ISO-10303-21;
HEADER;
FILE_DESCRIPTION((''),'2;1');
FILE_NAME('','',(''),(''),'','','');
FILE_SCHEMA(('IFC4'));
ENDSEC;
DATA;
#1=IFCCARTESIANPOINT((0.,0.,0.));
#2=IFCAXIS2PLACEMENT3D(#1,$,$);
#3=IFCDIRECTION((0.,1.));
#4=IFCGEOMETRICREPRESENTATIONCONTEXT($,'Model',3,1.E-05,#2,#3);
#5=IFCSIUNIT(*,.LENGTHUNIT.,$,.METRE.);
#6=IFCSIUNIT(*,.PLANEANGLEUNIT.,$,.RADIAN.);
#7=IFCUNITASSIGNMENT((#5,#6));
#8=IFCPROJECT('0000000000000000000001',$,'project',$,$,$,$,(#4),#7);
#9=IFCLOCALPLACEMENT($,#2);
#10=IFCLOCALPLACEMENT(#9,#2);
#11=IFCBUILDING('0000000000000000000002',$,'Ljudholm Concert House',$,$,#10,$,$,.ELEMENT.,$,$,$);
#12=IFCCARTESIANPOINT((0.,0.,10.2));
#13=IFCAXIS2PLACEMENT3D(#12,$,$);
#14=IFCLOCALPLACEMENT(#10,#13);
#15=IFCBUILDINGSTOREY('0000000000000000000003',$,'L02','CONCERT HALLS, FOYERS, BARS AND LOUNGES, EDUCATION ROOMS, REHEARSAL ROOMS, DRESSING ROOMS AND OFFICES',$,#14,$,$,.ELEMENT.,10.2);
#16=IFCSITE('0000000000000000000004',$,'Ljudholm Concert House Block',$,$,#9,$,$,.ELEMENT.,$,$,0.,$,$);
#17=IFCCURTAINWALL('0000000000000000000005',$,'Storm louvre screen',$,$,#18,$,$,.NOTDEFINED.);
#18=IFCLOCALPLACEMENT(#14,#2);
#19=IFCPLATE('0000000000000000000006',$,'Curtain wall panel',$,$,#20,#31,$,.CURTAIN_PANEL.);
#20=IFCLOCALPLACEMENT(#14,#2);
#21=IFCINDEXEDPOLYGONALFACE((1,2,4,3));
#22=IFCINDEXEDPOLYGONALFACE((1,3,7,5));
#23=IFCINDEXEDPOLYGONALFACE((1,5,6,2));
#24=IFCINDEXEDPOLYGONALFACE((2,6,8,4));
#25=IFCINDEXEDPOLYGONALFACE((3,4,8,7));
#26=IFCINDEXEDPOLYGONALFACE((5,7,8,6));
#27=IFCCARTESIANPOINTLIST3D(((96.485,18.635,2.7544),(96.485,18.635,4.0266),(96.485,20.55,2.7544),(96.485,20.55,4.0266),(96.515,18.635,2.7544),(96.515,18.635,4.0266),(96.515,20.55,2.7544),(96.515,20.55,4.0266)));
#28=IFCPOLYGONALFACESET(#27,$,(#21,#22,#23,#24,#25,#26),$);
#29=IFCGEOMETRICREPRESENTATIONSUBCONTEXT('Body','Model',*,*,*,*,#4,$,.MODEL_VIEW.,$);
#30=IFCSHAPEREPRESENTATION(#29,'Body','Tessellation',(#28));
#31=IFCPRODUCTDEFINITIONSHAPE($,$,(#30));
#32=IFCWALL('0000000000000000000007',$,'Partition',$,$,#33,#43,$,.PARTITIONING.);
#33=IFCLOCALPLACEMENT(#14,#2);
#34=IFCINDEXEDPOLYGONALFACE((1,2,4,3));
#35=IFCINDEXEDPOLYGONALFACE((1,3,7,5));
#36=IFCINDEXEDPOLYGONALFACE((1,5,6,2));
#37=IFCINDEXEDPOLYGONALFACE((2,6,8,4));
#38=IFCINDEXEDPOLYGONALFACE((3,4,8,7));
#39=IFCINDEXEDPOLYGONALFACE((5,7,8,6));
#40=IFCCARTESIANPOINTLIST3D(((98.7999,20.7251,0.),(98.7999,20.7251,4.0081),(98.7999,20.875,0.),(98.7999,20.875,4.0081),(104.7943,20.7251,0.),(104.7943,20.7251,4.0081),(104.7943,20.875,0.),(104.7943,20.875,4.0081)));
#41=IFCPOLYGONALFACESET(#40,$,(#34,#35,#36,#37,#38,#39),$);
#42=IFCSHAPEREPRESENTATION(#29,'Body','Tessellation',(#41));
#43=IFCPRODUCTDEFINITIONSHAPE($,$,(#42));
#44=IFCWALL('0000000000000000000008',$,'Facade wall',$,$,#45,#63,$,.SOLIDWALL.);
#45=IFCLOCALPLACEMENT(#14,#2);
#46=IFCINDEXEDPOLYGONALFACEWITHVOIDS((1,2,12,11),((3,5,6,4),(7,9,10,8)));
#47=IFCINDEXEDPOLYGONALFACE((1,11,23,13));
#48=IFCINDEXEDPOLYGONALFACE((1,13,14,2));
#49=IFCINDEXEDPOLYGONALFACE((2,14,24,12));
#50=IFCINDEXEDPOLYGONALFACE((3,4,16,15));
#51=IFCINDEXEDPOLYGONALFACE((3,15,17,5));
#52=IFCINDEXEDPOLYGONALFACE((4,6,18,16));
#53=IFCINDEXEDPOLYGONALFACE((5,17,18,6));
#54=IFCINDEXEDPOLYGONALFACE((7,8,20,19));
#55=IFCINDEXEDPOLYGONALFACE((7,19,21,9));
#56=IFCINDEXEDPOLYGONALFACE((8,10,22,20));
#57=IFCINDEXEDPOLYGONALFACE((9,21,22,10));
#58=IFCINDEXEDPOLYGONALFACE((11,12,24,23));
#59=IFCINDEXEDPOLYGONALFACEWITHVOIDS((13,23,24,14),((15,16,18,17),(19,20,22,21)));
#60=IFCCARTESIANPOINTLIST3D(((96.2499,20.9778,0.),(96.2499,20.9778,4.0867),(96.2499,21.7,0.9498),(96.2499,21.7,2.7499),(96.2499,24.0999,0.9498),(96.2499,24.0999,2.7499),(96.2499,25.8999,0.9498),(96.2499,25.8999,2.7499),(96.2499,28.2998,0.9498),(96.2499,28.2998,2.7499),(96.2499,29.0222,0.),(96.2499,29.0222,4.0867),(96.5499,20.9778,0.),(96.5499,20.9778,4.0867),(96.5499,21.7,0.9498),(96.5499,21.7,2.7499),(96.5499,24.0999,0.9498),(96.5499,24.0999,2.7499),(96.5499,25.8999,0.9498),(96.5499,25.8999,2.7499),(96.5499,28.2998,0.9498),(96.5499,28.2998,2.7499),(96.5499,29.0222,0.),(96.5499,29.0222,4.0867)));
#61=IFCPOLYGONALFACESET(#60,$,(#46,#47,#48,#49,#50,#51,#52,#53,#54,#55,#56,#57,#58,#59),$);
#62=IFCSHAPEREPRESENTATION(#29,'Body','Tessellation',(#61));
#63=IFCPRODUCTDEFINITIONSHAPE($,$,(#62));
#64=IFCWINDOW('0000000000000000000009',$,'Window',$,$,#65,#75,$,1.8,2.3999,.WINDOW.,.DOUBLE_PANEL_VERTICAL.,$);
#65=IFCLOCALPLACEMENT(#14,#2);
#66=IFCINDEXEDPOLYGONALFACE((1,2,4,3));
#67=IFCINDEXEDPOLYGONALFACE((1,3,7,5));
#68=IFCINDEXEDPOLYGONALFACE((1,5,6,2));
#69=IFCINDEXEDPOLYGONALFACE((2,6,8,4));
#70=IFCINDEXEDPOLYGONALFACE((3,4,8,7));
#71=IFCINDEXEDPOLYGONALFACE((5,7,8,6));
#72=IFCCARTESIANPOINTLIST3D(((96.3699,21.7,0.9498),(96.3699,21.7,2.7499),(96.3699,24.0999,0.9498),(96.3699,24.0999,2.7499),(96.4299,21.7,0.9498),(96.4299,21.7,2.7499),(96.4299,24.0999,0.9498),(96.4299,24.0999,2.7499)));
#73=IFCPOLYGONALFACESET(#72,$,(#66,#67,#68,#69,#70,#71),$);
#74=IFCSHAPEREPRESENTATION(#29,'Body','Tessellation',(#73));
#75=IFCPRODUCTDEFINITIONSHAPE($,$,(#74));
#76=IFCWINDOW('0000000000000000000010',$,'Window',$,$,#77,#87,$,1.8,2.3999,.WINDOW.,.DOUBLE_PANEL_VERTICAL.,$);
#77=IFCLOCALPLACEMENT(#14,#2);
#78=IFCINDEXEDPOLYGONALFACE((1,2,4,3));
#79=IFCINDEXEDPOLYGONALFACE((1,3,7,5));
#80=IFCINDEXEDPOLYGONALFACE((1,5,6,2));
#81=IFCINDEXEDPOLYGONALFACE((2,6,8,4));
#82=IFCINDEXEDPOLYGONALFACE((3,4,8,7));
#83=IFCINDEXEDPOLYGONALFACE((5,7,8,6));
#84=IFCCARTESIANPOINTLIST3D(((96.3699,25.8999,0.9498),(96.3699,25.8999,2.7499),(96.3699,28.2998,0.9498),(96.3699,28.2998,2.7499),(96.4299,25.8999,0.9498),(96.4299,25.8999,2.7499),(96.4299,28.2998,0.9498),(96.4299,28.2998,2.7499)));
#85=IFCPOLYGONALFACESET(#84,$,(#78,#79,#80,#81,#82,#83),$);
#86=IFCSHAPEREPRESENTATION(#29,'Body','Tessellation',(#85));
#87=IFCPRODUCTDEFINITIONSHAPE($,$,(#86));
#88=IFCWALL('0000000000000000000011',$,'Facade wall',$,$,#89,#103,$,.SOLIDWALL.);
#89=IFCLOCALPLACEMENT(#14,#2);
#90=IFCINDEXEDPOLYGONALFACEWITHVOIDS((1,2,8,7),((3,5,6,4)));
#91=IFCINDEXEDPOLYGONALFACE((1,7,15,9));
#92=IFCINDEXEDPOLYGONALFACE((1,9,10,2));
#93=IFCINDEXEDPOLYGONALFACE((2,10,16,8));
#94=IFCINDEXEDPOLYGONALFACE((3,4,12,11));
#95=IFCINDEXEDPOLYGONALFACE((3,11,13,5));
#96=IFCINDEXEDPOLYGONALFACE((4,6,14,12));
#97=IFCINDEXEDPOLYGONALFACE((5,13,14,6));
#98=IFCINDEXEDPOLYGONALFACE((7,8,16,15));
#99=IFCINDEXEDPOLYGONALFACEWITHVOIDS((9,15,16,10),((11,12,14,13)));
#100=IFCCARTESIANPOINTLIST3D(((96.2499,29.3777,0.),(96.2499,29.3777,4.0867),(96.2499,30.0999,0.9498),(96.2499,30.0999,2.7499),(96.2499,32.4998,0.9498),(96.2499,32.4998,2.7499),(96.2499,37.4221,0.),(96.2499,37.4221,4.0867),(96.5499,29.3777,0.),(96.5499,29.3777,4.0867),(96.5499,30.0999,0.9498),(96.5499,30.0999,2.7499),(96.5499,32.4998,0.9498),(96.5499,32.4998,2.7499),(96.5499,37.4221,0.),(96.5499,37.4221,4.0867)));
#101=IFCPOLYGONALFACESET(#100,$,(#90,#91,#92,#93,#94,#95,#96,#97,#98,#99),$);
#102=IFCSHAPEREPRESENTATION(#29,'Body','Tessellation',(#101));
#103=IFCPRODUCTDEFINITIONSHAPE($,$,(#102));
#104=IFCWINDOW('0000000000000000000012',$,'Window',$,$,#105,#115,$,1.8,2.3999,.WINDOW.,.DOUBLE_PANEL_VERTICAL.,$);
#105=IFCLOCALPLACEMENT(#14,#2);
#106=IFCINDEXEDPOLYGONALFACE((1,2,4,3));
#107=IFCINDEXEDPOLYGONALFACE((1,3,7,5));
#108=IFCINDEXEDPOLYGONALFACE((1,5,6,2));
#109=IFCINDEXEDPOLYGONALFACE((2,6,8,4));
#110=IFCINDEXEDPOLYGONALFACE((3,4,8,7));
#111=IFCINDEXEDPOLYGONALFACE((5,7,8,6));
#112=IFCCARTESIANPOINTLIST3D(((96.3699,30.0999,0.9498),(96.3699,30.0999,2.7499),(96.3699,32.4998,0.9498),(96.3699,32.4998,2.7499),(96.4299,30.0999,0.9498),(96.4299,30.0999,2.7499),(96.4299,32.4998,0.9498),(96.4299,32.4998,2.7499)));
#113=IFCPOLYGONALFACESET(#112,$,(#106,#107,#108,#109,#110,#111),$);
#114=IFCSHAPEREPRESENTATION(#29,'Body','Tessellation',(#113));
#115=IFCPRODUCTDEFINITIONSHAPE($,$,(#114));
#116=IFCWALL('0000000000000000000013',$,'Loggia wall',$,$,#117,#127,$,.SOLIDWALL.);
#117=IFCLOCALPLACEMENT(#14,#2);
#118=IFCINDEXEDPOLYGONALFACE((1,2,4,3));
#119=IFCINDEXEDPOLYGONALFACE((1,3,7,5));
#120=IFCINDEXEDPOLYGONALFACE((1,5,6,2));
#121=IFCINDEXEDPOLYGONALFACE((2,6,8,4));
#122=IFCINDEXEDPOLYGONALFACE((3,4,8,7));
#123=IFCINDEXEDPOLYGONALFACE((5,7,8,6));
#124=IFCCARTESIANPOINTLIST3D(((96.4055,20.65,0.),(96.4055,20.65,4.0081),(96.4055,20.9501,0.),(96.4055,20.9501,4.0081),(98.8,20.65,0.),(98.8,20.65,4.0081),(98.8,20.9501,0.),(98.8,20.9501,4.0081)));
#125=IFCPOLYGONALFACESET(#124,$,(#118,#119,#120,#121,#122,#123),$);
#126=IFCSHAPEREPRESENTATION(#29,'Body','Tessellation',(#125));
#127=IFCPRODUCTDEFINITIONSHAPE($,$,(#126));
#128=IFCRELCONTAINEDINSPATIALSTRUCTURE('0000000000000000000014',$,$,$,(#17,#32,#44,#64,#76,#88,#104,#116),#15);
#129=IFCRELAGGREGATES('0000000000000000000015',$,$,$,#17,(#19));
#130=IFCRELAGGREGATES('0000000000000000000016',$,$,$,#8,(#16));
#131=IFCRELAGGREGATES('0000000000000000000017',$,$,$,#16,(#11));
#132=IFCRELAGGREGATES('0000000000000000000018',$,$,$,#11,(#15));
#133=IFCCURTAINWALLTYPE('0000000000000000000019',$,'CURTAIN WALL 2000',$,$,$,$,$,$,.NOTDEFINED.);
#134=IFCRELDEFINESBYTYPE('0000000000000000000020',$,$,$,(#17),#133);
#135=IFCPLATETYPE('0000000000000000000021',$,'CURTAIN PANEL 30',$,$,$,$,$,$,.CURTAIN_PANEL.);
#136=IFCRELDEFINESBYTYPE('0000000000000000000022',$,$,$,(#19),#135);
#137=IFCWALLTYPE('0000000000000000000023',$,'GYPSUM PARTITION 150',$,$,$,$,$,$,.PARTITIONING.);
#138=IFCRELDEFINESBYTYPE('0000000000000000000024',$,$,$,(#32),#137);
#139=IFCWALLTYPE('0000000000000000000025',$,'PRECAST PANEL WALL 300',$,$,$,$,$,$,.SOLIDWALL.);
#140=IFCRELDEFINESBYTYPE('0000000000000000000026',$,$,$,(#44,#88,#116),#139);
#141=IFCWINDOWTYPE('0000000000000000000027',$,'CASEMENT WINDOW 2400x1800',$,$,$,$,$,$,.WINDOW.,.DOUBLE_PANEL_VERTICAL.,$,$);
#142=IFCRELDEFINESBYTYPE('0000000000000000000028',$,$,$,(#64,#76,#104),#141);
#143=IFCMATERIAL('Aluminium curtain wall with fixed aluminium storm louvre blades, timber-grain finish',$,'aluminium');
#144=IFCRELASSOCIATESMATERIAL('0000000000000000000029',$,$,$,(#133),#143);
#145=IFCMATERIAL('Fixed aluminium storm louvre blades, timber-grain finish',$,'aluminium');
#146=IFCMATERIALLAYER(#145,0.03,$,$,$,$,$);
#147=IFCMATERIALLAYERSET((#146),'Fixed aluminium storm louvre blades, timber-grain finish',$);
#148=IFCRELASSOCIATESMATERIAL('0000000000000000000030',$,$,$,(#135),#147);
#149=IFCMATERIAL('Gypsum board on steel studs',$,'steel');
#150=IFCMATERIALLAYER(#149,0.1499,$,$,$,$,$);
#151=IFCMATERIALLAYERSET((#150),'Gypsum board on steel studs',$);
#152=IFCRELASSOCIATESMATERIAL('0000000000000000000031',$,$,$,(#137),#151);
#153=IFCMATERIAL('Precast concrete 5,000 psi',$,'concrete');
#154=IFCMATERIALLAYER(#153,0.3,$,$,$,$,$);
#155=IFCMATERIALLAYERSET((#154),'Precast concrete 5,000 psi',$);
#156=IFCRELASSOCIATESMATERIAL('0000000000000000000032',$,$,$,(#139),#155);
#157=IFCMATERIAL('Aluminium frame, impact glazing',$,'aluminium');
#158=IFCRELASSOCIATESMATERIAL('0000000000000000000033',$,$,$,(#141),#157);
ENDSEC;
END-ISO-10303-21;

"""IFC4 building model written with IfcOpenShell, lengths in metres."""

from ifc_helpers import new_model, si_unit, direction, frame, frame_2d, origin, origin_2d, place, context, subcontext, project, spatial, rectangle, extrude, material, layer, layer_set, type_object, element, fill, aggregate, save


model = new_model("IFC4")

# Units and contexts
model_context = context("Model", 3, precision=1e-05, world=origin(), true_north=direction((0.0, 1.0)))
body_context = subcontext(model_context, "Body", "Model", "MODEL_VIEW")
ifc_project = project(units=[si_unit("LENGTHUNIT", "METRE"), si_unit("PLANEANGLEUNIT", "RADIAN")], contexts=[model_context])

# Site, building, storey
site_placement = place(None, origin())
site = spatial("IfcSite", under=ifc_project, at=site_placement, Name="Ljudholm Concert House Block", CompositionType="ELEMENT", RefElevation=0.0)
building_placement = place(site_placement, origin())
building = spatial("IfcBuilding", under=site, at=building_placement, Name="Ljudholm Concert House", CompositionType="ELEMENT")
storey_placement = place(building_placement, frame((0.0, 0.0, 10.2)))
storey = spatial("IfcBuildingStorey", under=building, at=storey_placement, Name="L02", Description="CONCERT HALLS, FOYERS, BARS AND LOUNGES, EDUCATION ROOMS, REHEARSAL ROOMS, DRESSING ROOMS AND OFFICES", CompositionType="ELEMENT", Elevation=10.2)

# Curtain wall
ifc_material_1 = material(Name="Aluminium curtain wall with fixed aluminium storm louvre blades, timber-grain finish", Category="aluminium")
curtain_wall_type = type_object("IfcCurtainWallType", Name="CURTAIN WALL 2000", PredefinedType="NOTDEFINED", material=ifc_material_1)
curtain_wall_placement = place(storey_placement, origin())
curtain_wall = element("IfcCurtainWall", 1, at=curtain_wall_placement, inside=storey, type_object=curtain_wall_type, Name="Storm louvre screen", PredefinedType="NOTDEFINED")

# Plate
ifc_material_2 = material(Name="Fixed aluminium storm louvre blades, timber-grain finish", Category="aluminium")
ifc_layer_1 = layer(ifc_material_2, 0.03)
ifc_layer_set_1 = layer_set([ifc_layer_1], Name="Fixed aluminium storm louvre blades, timber-grain finish")
plate_type = type_object("IfcPlateType", Name="CURTAIN PANEL 30", PredefinedType="CURTAIN_PANEL", material=ifc_layer_set_1)
plate_placement = place(storey_placement, frame((96.5, 19.5925, 2.7544), z_axis=(0.0, 0.0, 1.0), x_axis=(0.0, 1.0, 0.0)))
plate = element("IfcPlate", 2, at=plate_placement, type_object=plate_type, Name="Curtain wall panel", PredefinedType="CURTAIN_PANEL", context=body_context, shape_type="SweptSolid", body=[
    extrude(rectangle(XDim=1.915, YDim=0.03, at=origin_2d()), origin(), (0.0, 0.0, 1.0), 1.2722),
])
aggregate(curtain_wall, [plate])

# Wall
ifc_material_3 = material(Name="Gypsum board on steel studs", Category="steel")
ifc_layer_2 = layer(ifc_material_3, 0.1499)
ifc_layer_set_2 = layer_set([ifc_layer_2], Name="Gypsum board on steel studs")
wall_type_1 = type_object("IfcWallType", Name="GYPSUM PARTITION 150", PredefinedType="PARTITIONING", material=ifc_layer_set_2)
wall_1_placement = place(storey_placement, frame((98.8, 20.8, 0.0), z_axis=(0.0, 0.0, 1.0), x_axis=(1.0, 0.0, 0.0)))
element("IfcWall", 3, at=wall_1_placement, inside=storey, type_object=wall_type_1, Name="Partition", PredefinedType="PARTITIONING", context=body_context, shape_type="SweptSolid", body=[
    extrude(rectangle(XDim=5.9944, YDim=0.1499, at=frame_2d((2.9971, 0.0))), origin(), (0.0, 0.0, 1.0), 4.0081),
])

# Wall, openings, windows
ifc_material_4 = material(Name="Precast concrete 5,000 psi", Category="concrete")
ifc_layer_3 = layer(ifc_material_4, 0.3)
ifc_layer_set_3 = layer_set([ifc_layer_3], Name="Precast concrete 5,000 psi")
wall_type_2 = type_object("IfcWallType", Name="PRECAST PANEL WALL 300", PredefinedType="SOLIDWALL", material=ifc_layer_set_3)
wall_2_placement = place(storey_placement, frame((96.3999, 20.9778, 0.0), z_axis=(0.0, 0.0, 1.0), x_axis=(0.0, 1.0, 0.0)))
wall_2 = element("IfcWall", 4, at=wall_2_placement, inside=storey, type_object=wall_type_2, Name="Facade wall", PredefinedType="SOLIDWALL", context=body_context, shape_type="SweptSolid", body=[
    extrude(rectangle(XDim=8.0444, YDim=0.3, at=frame_2d((4.0222, 0.0))), origin(), (0.0, 0.0, 1.0), 4.0867),
])
opening_1_placement = place(wall_2_placement, frame((0.7222, 0.0, 0.95)))
opening_1 = element("IfcOpeningElement", 5, at=opening_1_placement, cuts=wall_2, PredefinedType="OPENING", context=body_context, shape_type="SweptSolid", body=[
    extrude(rectangle(XDim=2.3999, YDim=1.8, at=frame_2d((1.2, 0.8999))), frame((0.0, 0.1599, 0.0), z_axis=(0.0, -1.0, 0.0), x_axis=(1.0, 0.0, 0.0)), (0.0, 0.0, 1.0), 0.3201),
])
opening_2_placement = place(wall_2_placement, frame((4.9221, 0.0, 0.95)))
opening_2 = element("IfcOpeningElement", 6, at=opening_2_placement, cuts=wall_2, PredefinedType="OPENING", context=body_context, shape_type="SweptSolid", body=[
    extrude(rectangle(XDim=2.3999, YDim=1.8, at=frame_2d((1.2, 0.8999))), frame((0.0, 0.1599, 0.0), z_axis=(0.0, -1.0, 0.0), x_axis=(1.0, 0.0, 0.0)), (0.0, 0.0, 1.0), 0.3201),
])
ifc_material_5 = material(Name="Aluminium frame, impact glazing", Category="aluminium")
window_type = type_object("IfcWindowType", Name="CASEMENT WINDOW 2400x1800", PartitioningType="DOUBLE_PANEL_VERTICAL", PredefinedType="WINDOW", material=ifc_material_5)
window_1_placement = place(opening_1_placement, origin())
window_1 = element("IfcWindow", 7, at=window_1_placement, inside=storey, type_object=window_type, Name="Window", OverallHeight=1.8, OverallWidth=2.3999, PartitioningType="DOUBLE_PANEL_VERTICAL", PredefinedType="WINDOW", context=body_context, shape_type="SweptSolid", body=[
    extrude(rectangle(XDim=2.3999, YDim=1.8, at=frame_2d((1.2, 0.8999))), frame((0.0, 0.03, 0.0), z_axis=(0.0, -1.0, 0.0), x_axis=(1.0, 0.0, 0.0)), (0.0, 0.0, 1.0), 0.0601),
])
fill(opening_1, window_1)
window_2_placement = place(opening_2_placement, origin())
window_2 = element("IfcWindow", 8, at=window_2_placement, inside=storey, type_object=window_type, Name="Window", OverallHeight=1.8, OverallWidth=2.3999, PartitioningType="DOUBLE_PANEL_VERTICAL", PredefinedType="WINDOW", context=body_context, shape_type="SweptSolid", body=[
    extrude(rectangle(XDim=2.3999, YDim=1.8, at=frame_2d((1.2, 0.8999))), frame((0.0, 0.03, 0.0), z_axis=(0.0, -1.0, 0.0), x_axis=(1.0, 0.0, 0.0)), (0.0, 0.0, 1.0), 0.0601),
])
fill(opening_2, window_2)

# Wall, opening, window
wall_3_placement = place(storey_placement, frame((96.3999, 29.3777, 0.0), z_axis=(0.0, 0.0, 1.0), x_axis=(0.0, 1.0, 0.0)))
wall_3 = element("IfcWall", 9, at=wall_3_placement, inside=storey, type_object=wall_type_2, Name="Facade wall", PredefinedType="SOLIDWALL", context=body_context, shape_type="SweptSolid", body=[
    extrude(rectangle(XDim=8.0444, YDim=0.3, at=frame_2d((4.0222, 0.0))), origin(), (0.0, 0.0, 1.0), 4.0867),
])
opening_3_placement = place(wall_3_placement, frame((0.7222, 0.0, 0.95)))
opening_3 = element("IfcOpeningElement", 10, at=opening_3_placement, cuts=wall_3, PredefinedType="OPENING", context=body_context, shape_type="SweptSolid", body=[
    extrude(rectangle(XDim=2.3999, YDim=1.8, at=frame_2d((1.2, 0.8999))), frame((0.0, 0.1599, 0.0), z_axis=(0.0, -1.0, 0.0), x_axis=(1.0, 0.0, 0.0)), (0.0, 0.0, 1.0), 0.3201),
])
window_3_placement = place(opening_3_placement, origin())
window_3 = element("IfcWindow", 11, at=window_3_placement, inside=storey, type_object=window_type, Name="Window", OverallHeight=1.8, OverallWidth=2.3999, PartitioningType="DOUBLE_PANEL_VERTICAL", PredefinedType="WINDOW", context=body_context, shape_type="SweptSolid", body=[
    extrude(rectangle(XDim=2.3999, YDim=1.8, at=frame_2d((1.2, 0.8999))), frame((0.0, 0.03, 0.0), z_axis=(0.0, -1.0, 0.0), x_axis=(1.0, 0.0, 0.0)), (0.0, 0.0, 1.0), 0.0601),
])
fill(opening_3, window_3)

# Wall
wall_4_placement = place(storey_placement, frame((96.4055, 20.8, 0.0), z_axis=(0.0, 0.0, 1.0), x_axis=(1.0, 0.0, 0.0)))
element("IfcWall", 12, at=wall_4_placement, inside=storey, type_object=wall_type_2, Name="Loggia wall", PredefinedType="SOLIDWALL", context=body_context, shape_type="SweptSolid", body=[
    extrude(rectangle(XDim=2.3945, YDim=0.3, at=frame_2d((1.1973, 0.0))), origin(), (0.0, 0.0, 1.0), 4.0081),
])

save(model, "model.ifc")
